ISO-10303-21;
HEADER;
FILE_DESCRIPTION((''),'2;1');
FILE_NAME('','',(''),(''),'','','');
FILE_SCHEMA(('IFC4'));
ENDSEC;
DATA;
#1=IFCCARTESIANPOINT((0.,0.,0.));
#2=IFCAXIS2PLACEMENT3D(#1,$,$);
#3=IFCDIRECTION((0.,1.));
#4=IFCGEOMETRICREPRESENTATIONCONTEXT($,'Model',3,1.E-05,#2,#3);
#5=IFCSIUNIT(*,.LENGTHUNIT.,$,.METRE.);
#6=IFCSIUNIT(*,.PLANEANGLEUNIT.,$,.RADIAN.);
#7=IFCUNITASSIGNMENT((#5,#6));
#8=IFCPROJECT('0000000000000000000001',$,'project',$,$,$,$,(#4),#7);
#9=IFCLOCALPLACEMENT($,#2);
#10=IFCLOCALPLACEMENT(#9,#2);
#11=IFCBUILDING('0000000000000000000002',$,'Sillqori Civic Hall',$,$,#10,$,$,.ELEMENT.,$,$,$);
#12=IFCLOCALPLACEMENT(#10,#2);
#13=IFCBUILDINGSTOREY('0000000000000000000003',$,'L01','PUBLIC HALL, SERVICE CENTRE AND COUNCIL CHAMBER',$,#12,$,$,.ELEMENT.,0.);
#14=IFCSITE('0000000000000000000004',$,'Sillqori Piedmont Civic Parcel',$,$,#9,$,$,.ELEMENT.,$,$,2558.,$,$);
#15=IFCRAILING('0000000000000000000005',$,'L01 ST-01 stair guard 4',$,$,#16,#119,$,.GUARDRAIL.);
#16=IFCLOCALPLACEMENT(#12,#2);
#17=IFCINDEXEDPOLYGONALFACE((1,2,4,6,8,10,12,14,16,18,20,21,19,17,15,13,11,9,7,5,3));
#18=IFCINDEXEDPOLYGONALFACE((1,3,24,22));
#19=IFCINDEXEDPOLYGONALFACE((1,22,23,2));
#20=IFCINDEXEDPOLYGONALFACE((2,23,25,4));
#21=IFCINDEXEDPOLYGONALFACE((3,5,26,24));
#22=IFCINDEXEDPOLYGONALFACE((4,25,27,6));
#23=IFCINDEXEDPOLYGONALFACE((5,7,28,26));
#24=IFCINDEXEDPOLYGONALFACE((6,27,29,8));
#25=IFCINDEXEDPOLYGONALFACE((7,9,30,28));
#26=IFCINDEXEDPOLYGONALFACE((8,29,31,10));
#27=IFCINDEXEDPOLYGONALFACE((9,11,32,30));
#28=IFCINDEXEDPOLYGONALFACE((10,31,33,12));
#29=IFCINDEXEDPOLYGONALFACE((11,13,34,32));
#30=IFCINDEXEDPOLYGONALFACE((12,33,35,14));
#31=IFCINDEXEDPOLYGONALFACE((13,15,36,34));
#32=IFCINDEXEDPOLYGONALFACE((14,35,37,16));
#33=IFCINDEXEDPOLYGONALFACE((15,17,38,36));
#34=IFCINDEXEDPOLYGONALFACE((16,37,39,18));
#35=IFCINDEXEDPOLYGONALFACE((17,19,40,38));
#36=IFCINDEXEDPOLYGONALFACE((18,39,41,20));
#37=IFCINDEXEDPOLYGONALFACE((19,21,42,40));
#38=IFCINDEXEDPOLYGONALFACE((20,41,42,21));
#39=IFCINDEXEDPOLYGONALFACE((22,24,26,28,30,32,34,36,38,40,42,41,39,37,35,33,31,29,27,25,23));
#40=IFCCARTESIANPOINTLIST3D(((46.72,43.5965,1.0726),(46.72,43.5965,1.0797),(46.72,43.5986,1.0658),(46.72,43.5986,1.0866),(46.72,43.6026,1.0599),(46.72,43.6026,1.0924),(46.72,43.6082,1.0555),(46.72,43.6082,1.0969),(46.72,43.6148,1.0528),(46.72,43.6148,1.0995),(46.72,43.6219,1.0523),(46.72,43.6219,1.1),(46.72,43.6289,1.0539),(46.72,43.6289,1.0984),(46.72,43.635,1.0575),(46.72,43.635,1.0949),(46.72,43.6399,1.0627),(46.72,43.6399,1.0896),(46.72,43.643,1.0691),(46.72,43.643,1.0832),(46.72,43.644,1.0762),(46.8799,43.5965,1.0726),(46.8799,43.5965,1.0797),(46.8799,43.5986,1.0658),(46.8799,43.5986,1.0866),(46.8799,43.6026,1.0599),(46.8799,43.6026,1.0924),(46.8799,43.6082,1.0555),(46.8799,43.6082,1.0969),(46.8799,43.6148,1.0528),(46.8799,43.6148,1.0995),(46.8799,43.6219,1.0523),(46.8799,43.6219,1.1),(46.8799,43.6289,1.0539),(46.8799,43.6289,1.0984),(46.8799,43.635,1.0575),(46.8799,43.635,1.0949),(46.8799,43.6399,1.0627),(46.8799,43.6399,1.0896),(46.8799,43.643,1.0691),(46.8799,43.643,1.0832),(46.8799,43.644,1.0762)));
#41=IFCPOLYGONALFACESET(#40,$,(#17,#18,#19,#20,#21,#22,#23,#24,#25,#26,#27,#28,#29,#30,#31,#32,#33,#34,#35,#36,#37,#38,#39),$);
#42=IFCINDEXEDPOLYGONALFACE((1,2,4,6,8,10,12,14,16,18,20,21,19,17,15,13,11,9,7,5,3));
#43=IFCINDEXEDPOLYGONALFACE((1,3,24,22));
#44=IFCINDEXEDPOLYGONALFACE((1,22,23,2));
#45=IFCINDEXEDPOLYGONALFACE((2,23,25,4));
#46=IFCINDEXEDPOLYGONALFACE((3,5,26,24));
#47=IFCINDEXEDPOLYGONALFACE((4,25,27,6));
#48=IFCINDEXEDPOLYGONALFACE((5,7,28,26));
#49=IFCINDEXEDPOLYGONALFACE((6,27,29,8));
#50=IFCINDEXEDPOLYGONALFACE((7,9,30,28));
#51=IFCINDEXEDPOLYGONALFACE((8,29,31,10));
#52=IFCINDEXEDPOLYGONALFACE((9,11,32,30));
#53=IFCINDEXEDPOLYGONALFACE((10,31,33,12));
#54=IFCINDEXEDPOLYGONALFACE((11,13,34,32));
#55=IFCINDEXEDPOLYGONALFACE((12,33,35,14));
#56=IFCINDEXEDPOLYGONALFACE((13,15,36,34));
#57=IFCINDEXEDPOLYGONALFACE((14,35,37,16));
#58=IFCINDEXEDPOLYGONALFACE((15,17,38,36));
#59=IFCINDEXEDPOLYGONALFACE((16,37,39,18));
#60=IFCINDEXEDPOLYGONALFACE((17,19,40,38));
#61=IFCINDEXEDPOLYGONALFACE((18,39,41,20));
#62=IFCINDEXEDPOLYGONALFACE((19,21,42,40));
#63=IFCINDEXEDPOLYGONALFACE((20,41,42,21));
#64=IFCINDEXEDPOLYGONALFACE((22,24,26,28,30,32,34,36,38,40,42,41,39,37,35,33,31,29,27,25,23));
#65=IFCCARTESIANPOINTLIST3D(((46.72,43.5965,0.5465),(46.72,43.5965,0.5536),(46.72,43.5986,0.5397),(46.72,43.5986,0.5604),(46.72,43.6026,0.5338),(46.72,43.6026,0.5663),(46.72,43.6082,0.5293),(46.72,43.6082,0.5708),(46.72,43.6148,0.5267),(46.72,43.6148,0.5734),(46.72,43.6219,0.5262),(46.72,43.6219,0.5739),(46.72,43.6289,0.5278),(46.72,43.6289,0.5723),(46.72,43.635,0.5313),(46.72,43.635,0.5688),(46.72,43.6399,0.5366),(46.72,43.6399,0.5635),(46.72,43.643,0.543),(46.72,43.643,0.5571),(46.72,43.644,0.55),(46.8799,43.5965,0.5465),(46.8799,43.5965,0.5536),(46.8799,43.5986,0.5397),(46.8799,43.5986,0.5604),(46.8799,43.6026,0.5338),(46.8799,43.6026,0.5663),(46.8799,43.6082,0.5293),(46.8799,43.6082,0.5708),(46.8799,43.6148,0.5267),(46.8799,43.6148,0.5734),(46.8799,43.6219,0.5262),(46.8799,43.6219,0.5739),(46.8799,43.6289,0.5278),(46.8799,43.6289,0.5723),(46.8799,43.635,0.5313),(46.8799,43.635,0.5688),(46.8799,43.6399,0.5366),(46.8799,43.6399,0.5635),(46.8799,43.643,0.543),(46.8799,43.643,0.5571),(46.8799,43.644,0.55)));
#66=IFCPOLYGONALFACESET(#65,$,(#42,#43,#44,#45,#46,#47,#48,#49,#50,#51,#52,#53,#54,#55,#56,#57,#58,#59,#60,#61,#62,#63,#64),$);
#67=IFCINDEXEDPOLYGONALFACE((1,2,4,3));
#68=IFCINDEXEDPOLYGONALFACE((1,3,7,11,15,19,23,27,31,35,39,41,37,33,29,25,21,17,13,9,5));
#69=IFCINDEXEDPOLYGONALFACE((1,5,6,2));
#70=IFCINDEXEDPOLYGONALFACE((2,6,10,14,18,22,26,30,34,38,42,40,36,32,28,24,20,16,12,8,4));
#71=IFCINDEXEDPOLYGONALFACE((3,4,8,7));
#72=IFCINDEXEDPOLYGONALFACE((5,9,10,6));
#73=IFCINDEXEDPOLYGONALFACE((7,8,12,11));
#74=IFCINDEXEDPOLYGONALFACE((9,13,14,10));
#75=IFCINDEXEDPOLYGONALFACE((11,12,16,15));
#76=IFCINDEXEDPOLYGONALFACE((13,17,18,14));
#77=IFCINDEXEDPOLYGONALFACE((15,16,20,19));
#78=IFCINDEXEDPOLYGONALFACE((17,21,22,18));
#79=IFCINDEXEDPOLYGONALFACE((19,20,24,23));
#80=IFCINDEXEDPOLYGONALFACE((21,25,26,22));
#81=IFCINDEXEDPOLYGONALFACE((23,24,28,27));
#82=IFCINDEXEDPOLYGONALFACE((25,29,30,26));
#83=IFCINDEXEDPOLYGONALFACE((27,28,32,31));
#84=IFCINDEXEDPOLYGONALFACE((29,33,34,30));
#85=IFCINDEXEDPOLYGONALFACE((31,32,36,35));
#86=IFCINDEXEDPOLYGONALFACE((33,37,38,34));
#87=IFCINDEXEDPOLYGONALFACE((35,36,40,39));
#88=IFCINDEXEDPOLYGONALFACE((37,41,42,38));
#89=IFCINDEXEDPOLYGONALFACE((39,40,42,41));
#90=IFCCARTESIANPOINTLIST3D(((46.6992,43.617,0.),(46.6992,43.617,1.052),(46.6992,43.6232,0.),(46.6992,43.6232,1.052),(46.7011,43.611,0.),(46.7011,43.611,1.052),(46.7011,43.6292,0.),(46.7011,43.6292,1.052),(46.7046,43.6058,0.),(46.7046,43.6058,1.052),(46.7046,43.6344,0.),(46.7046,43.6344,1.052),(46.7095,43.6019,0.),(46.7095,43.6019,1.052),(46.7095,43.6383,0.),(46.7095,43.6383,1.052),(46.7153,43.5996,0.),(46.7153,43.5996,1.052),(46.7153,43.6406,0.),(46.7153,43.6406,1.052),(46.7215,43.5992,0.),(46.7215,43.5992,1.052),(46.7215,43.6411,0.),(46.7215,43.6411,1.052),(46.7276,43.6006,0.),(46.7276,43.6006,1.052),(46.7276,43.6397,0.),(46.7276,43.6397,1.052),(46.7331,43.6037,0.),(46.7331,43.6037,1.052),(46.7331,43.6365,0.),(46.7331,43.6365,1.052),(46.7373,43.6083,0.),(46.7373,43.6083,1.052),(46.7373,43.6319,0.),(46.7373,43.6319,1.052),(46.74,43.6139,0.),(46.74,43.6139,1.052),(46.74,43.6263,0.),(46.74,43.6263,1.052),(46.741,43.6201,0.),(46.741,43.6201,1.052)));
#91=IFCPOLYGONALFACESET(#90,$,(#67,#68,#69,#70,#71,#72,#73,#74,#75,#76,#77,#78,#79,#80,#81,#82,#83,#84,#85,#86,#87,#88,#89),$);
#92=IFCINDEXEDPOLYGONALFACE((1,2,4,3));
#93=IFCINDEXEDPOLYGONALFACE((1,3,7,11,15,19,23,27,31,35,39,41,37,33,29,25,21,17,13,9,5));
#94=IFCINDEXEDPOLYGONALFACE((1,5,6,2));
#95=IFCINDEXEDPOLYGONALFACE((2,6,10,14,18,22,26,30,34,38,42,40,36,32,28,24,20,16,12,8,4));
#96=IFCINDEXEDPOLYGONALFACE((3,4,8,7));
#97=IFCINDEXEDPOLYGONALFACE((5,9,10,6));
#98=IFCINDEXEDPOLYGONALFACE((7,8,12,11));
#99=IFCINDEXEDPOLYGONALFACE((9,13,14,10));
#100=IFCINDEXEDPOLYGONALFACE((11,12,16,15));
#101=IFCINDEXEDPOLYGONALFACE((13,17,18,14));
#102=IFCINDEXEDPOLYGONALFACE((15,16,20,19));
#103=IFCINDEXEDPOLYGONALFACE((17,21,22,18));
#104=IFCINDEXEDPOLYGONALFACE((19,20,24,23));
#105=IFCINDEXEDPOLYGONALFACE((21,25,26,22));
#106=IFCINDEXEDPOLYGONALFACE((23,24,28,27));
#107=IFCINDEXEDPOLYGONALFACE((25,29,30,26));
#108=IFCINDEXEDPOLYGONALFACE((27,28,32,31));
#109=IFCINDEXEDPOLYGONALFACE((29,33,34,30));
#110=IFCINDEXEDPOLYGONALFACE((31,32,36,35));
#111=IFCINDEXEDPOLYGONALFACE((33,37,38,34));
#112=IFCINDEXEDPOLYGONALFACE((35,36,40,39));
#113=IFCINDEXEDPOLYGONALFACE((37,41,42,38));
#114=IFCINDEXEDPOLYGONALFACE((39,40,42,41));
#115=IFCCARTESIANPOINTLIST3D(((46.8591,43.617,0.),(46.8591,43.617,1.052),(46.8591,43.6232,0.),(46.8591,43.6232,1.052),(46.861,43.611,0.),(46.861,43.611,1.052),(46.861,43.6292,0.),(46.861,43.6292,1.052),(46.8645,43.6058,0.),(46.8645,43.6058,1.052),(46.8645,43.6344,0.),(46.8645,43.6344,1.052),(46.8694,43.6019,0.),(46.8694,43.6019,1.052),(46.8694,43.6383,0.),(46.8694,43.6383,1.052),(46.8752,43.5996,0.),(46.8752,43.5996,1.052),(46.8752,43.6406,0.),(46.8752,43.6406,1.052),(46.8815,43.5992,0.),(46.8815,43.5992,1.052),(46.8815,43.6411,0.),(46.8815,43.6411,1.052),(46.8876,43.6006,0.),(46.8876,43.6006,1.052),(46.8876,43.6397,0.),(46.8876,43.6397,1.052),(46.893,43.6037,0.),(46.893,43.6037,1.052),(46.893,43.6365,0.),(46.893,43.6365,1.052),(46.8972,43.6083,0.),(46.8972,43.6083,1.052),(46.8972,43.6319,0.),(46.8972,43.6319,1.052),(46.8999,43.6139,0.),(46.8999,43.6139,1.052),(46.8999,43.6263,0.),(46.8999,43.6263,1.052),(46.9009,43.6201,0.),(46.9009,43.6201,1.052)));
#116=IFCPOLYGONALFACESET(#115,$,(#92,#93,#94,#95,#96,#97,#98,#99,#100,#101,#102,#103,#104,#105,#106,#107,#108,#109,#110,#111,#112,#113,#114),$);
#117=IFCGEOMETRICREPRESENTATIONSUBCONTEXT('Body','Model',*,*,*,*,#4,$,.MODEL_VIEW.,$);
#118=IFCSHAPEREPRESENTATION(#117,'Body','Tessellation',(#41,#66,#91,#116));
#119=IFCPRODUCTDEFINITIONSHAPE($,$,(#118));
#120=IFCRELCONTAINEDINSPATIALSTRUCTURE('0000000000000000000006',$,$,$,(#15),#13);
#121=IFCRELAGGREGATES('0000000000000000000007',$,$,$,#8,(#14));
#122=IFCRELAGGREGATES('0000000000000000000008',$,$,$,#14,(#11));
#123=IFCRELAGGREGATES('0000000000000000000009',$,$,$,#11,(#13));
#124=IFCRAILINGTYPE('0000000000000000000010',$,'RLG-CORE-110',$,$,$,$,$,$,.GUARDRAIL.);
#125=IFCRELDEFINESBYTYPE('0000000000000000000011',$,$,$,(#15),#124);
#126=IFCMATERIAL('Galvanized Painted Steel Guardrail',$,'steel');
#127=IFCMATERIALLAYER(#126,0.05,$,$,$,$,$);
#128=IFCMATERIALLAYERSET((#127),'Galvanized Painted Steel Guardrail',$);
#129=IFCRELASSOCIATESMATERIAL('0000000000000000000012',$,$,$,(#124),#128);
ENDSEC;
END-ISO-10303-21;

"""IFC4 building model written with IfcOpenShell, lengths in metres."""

from ifc_helpers import new_model, si_unit, direction, frame, origin, origin_2d, place, context, subcontext, project, spatial, circle, extrude, material, layer, layer_set, type_object, element, save


model = new_model("IFC4")

# Units and contexts
model_context = context("Model", 3, precision=1e-05, world=origin(), true_north=direction((0.0, 1.0)))
body_context = subcontext(model_context, "Body", "Model", "MODEL_VIEW")
ifc_project = project(units=[si_unit("LENGTHUNIT", "METRE"), si_unit("PLANEANGLEUNIT", "RADIAN")], contexts=[model_context])

# Site, building, storey
site_placement = place(None, origin())
site = spatial("IfcSite", under=ifc_project, at=site_placement, Name="Sillqori Piedmont Civic Parcel", CompositionType="ELEMENT", RefElevation=2558.0)
building_placement = place(site_placement, origin())
building = spatial("IfcBuilding", under=site, at=building_placement, Name="Sillqori Civic Hall", CompositionType="ELEMENT")
storey_placement = place(building_placement, origin())
storey = spatial("IfcBuildingStorey", under=building, at=storey_placement, Name="L01", Description="PUBLIC HALL, SERVICE CENTRE AND COUNCIL CHAMBER", CompositionType="ELEMENT", Elevation=0.0)

# Railing
ifc_material_1 = material(Name="Galvanized Painted Steel Guardrail", Category="steel")
ifc_layer_1 = layer(ifc_material_1, 0.05)
ifc_layer_set_1 = layer_set([ifc_layer_1], Name="Galvanized Painted Steel Guardrail")
railing_type_1 = type_object("IfcRailingType", Name="RLG-CORE-110", PredefinedType="GUARDRAIL", material=ifc_layer_set_1)
railing_1_placement = place(storey_placement, frame((46.72, 43.6201, 0.0)))
element("IfcRailing", 1, at=railing_1_placement, inside=storey, type_object=railing_type_1, Name="L01 ST-01 stair guard 4", PredefinedType="GUARDRAIL", context=body_context, shape_type="SweptSolid", body=[
    extrude(circle(Radius=0.0239, at=origin_2d()), frame((0.0, 0.0, 1.0762), z_axis=(1.0, 0.0, 0.0), x_axis=(0.0, 1.0, 0.0)), (0.0, 0.0, 1.0), 0.1599),
    extrude(circle(Radius=0.0239, at=origin_2d()), frame((0.0, 0.0, 0.55), z_axis=(1.0, 0.0, 0.0), x_axis=(0.0, 1.0, 0.0)), (0.0, 0.0, 1.0), 0.1599),
    extrude(circle(Radius=0.021, at=origin_2d()), origin(), (0.0, 0.0, 1.0), 1.052),
    extrude(circle(Radius=0.021, at=origin_2d()), frame((0.1599, 0.0, 0.0)), (0.0, 0.0, 1.0), 1.052),
])

save(model, "model.ifc")
